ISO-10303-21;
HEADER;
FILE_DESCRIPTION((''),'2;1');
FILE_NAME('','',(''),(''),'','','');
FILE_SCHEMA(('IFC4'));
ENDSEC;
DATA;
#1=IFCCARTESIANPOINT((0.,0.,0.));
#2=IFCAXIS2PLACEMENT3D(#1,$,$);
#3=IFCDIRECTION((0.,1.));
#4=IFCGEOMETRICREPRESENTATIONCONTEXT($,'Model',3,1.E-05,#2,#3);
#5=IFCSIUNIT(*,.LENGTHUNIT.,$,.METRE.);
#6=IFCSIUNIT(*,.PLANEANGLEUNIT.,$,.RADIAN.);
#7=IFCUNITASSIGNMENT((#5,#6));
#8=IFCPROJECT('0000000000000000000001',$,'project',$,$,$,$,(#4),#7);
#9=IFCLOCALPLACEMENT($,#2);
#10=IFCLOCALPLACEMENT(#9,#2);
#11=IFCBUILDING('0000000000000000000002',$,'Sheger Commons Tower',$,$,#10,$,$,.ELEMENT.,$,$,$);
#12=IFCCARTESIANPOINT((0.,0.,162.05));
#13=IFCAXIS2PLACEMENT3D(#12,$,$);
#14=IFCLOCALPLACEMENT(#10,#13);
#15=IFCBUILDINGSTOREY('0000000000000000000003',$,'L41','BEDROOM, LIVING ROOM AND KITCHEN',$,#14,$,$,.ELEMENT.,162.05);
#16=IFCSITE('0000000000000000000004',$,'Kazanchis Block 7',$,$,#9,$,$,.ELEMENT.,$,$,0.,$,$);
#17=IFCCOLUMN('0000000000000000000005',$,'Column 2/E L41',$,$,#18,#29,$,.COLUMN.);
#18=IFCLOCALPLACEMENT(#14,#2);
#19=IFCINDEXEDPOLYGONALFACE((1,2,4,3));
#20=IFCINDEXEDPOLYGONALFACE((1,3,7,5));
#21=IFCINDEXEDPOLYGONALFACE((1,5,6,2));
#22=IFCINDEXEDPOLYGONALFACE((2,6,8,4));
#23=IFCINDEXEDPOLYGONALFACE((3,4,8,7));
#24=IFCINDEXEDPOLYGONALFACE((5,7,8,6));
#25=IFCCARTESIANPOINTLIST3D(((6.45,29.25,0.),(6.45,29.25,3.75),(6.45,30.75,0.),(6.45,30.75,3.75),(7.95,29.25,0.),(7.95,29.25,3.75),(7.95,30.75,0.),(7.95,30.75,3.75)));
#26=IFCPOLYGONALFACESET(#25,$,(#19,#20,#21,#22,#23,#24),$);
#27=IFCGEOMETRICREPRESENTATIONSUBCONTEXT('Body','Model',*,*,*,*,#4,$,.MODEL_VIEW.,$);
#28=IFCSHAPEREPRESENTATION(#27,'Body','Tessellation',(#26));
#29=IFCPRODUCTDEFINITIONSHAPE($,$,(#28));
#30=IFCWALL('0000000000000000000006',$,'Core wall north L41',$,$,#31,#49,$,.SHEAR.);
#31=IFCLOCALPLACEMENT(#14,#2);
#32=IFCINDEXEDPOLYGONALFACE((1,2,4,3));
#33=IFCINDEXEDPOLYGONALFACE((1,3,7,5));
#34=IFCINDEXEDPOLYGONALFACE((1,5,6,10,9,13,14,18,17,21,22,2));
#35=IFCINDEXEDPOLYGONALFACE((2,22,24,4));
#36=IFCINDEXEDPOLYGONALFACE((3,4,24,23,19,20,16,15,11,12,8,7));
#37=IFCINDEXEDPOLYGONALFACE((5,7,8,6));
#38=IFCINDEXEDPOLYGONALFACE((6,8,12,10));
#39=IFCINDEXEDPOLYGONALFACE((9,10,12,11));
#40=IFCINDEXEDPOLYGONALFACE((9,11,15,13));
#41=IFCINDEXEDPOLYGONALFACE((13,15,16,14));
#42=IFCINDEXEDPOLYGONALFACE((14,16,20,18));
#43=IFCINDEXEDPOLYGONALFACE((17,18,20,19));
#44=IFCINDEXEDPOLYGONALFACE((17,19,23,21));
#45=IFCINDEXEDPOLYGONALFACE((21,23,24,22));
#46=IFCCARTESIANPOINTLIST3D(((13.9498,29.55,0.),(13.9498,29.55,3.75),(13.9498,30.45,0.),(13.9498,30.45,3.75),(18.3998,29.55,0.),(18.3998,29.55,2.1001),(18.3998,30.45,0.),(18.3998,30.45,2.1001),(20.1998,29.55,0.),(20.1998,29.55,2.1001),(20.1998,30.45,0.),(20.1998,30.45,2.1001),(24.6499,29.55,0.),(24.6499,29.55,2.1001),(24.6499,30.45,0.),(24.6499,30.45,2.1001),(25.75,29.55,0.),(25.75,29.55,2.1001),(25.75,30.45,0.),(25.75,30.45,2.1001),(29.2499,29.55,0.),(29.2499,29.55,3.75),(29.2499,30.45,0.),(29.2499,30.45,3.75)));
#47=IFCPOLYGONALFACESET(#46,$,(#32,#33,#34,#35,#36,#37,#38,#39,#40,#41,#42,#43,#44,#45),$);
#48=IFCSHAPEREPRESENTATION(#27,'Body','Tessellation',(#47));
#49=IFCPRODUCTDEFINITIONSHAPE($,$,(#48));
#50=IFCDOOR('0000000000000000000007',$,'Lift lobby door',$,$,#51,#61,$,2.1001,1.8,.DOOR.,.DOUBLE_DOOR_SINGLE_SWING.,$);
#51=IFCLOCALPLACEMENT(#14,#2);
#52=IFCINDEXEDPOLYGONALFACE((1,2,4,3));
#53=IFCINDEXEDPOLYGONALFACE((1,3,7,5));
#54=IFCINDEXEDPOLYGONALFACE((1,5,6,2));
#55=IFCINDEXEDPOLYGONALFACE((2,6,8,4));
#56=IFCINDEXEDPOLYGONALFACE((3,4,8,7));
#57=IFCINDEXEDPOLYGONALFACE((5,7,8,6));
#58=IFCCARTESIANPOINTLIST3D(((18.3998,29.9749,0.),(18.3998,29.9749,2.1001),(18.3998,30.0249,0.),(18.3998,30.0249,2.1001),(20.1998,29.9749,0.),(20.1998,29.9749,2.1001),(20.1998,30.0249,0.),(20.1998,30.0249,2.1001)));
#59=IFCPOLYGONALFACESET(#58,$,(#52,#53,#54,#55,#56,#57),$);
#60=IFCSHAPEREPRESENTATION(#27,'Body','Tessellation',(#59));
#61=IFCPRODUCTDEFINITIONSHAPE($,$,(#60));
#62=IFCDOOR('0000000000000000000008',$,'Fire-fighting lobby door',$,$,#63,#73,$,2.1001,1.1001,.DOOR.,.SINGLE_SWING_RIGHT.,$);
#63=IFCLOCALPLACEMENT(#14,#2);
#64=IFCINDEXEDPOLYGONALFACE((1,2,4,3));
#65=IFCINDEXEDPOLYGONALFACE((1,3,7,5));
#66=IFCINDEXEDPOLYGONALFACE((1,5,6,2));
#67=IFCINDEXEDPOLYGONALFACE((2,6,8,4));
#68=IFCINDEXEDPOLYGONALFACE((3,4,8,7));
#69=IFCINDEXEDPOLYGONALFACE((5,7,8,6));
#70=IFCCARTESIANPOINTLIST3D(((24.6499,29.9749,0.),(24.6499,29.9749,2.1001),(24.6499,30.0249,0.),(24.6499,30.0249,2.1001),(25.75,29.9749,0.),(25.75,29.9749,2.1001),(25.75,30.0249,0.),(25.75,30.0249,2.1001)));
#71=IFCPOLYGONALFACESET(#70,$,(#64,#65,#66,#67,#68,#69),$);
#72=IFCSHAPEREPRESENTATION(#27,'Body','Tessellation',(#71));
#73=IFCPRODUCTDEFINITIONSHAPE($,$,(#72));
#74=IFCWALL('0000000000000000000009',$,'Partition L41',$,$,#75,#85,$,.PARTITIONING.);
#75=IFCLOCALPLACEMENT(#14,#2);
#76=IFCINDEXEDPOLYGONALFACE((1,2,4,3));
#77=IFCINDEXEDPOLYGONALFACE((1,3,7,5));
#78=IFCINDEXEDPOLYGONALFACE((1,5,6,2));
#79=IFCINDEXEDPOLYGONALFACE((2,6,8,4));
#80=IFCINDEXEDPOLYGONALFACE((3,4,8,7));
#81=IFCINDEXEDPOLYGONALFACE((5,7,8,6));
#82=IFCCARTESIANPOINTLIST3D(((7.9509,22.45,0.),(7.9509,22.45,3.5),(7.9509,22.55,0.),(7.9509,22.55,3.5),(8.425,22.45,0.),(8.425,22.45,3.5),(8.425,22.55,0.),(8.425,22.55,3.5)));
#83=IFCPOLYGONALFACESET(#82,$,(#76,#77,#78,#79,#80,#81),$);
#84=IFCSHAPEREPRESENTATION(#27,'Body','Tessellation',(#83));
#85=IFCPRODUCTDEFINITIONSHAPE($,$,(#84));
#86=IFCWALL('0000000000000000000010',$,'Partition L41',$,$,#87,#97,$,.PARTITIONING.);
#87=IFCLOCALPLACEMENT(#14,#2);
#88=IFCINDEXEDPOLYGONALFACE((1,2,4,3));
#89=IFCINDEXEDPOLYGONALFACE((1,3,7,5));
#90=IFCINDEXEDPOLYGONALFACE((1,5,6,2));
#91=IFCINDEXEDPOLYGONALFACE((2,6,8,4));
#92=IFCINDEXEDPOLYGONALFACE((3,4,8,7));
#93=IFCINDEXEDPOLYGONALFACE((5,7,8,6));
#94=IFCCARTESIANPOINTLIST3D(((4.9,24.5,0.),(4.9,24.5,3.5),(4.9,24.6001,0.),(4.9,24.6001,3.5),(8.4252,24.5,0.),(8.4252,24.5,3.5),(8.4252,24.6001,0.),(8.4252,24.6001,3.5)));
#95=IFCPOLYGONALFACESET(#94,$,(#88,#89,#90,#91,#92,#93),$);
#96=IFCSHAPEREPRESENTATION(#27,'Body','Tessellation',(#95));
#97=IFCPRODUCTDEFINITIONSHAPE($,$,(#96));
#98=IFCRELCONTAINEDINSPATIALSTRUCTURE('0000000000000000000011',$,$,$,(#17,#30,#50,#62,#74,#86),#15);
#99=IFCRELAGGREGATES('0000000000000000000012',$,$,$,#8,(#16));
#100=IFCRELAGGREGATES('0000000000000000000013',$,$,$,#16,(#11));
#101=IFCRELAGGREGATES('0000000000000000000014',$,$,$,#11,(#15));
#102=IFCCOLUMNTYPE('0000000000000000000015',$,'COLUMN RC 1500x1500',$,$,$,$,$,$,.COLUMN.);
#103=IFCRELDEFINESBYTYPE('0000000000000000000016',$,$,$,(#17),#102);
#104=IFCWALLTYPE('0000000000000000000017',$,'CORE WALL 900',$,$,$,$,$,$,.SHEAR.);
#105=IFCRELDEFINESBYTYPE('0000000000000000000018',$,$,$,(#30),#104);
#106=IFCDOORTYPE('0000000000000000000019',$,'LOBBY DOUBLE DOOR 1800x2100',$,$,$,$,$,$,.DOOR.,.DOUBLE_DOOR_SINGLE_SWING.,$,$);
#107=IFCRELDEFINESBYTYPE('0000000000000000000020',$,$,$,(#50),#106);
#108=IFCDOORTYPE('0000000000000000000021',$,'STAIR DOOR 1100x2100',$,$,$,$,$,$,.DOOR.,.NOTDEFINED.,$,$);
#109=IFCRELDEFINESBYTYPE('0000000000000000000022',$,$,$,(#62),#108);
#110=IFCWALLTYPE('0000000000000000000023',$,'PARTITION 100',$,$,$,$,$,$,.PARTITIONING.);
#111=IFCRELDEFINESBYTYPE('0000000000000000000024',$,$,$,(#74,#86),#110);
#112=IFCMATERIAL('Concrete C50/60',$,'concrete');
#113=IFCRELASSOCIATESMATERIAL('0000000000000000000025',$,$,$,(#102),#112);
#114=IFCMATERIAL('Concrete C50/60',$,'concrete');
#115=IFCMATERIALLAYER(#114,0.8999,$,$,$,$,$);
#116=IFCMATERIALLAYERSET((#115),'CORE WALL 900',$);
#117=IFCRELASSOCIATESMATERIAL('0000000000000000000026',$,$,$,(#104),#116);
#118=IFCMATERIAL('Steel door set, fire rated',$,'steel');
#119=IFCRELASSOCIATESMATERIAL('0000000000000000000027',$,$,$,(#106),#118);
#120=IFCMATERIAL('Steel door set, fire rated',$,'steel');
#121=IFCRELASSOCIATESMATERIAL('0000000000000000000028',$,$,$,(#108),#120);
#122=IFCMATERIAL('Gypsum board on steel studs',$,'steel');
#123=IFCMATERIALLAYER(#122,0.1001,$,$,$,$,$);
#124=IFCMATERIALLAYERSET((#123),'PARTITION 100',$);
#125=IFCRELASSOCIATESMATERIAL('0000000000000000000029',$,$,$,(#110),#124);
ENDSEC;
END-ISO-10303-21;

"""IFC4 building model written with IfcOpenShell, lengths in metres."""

from ifc_helpers import new_model, si_unit, direction, frame, frame_2d, origin, origin_2d, place, context, subcontext, project, spatial, rectangle, extrude, material, layer, layer_set, material_profile, profile_set, type_object, element, fill, save


model = new_model("IFC4")

# Units and contexts
model_context = context("Model", 3, precision=1e-05, world=origin(), true_north=direction((0.0, 1.0)))
body_context = subcontext(model_context, "Body", "Model", "MODEL_VIEW")
ifc_project = project(units=[si_unit("LENGTHUNIT", "METRE"), si_unit("PLANEANGLEUNIT", "RADIAN")], contexts=[model_context])

# Site, building, storey
site_placement = place(None, origin())
site = spatial("IfcSite", under=ifc_project, at=site_placement, Name="Kazanchis Block 7", CompositionType="ELEMENT", RefElevation=0.0)
building_placement = place(site_placement, origin())
building = spatial("IfcBuilding", under=site, at=building_placement, Name="Sheger Commons Tower", CompositionType="ELEMENT")
storey_placement = place(building_placement, frame((0.0, 0.0, 162.05)))
storey = spatial("IfcBuildingStorey", under=building, at=storey_placement, Name="L41", Description="BEDROOM, LIVING ROOM AND KITCHEN", CompositionType="ELEMENT", Elevation=162.05)

# Column
ifc_material_1 = material(Name="Concrete C50/60", Category="concrete")
ifc_material_profile = material_profile(ifc_material_1, rectangle(XDim=1.5, YDim=1.5, at=origin_2d()), Name="RC 1500x1500")
ifc_profile_set = profile_set([ifc_material_profile], Name="Concrete C50/60")
column_type = type_object("IfcColumnType", Name="COLUMN RC 1500x1500", PredefinedType="COLUMN", material=ifc_profile_set)
column_placement = place(storey_placement, frame((7.2, 30.0, 0.0), z_axis=(0.0, 0.0, 1.0), x_axis=(1.0, 0.0, 0.0)))
element("IfcColumn", 1, at=column_placement, inside=storey, type_object=column_type, Name="Column 2/E L41", PredefinedType="COLUMN", context=body_context, shape_type="SweptSolid", body=[
    extrude(rectangle(XDim=1.5, YDim=1.5, at=origin_2d()), origin(), (0.0, 0.0, 1.0), 3.75),
])

# Wall, openings, doors
ifc_material_2 = material(Name="Concrete C50/60", Category="concrete")
ifc_layer_1 = layer(ifc_material_2, 0.8999)
ifc_layer_set_1 = layer_set([ifc_layer_1], Name="CORE WALL 900")
wall_type_1 = type_object("IfcWallType", Name="CORE WALL 900", PredefinedType="SHEAR", material=ifc_layer_set_1)
wall_1_placement = place(storey_placement, frame((13.95, 30.0, 0.0), z_axis=(0.0, 0.0, 1.0), x_axis=(1.0, 0.0, 0.0)))
wall_1 = element("IfcWall", 2, at=wall_1_placement, inside=storey, type_object=wall_type_1, Name="Core wall north L41", PredefinedType="SHEAR", context=body_context, shape_type="SweptSolid", body=[
    extrude(rectangle(XDim=15.3, YDim=0.8999, at=frame_2d((7.6499, 0.0))), origin(), (0.0, 0.0, 1.0), 3.75),
])
opening_1_placement = place(wall_1_placement, frame((4.45, 0.0, 0.0)))
opening_1 = element("IfcOpeningElement", 3, at=opening_1_placement, cuts=wall_1, PredefinedType="OPENING", context=body_context, shape_type="SweptSolid", body=[
    extrude(rectangle(XDim=1.8, YDim=2.1001, at=frame_2d((0.8999, 1.05))), frame((0.0, 0.46, 0.0), z_axis=(0.0, -1.0, 0.0), x_axis=(1.0, 0.0, 0.0)), (0.0, 0.0, 1.0), 0.9199),
])
opening_2_placement = place(wall_1_placement, frame((10.7, 0.0, 0.0)))
opening_2 = element("IfcOpeningElement", 4, at=opening_2_placement, cuts=wall_1, PredefinedType="OPENING", context=body_context, shape_type="SweptSolid", body=[
    extrude(rectangle(XDim=1.1001, YDim=2.1001, at=frame_2d((0.55, 1.05))), frame((0.0, 0.46, 0.0), z_axis=(0.0, -1.0, 0.0), x_axis=(1.0, 0.0, 0.0)), (0.0, 0.0, 1.0), 0.9199),
])
ifc_material_3 = material(Name="Steel door set, fire rated", Category="steel")
door_type_1 = type_object("IfcDoorType", Name="LOBBY DOUBLE DOOR 1800x2100", OperationType="DOUBLE_DOOR_SINGLE_SWING", PredefinedType="DOOR", material=ifc_material_3)
door_1_placement = place(opening_1_placement, origin())
door_1 = element("IfcDoor", 5, at=door_1_placement, inside=storey, type_object=door_type_1, Name="Lift lobby door", OperationType="DOUBLE_DOOR_SINGLE_SWING", OverallHeight=2.1001, OverallWidth=1.8, PredefinedType="DOOR", context=body_context, shape_type="SweptSolid", body=[
    extrude(rectangle(XDim=1.8, YDim=2.1001, at=frame_2d((0.8999, 1.05))), frame((0.0, 0.0249, 0.0), z_axis=(0.0, -1.0, 0.0), x_axis=(1.0, 0.0, 0.0)), (0.0, 0.0, 1.0), 0.05),
])
fill(opening_1, door_1)
ifc_material_4 = material(Name="Steel door set, fire rated", Category="steel")
door_type_2 = type_object("IfcDoorType", Name="STAIR DOOR 1100x2100", OperationType="NOTDEFINED", PredefinedType="DOOR", material=ifc_material_4)
door_2_placement = place(opening_2_placement, origin())
door_2 = element("IfcDoor", 6, at=door_2_placement, inside=storey, type_object=door_type_2, Name="Fire-fighting lobby door", OperationType="SINGLE_SWING_RIGHT", OverallHeight=2.1001, OverallWidth=1.1001, PredefinedType="DOOR", context=body_context, shape_type="SweptSolid", body=[
    extrude(rectangle(XDim=1.1001, YDim=2.1001, at=frame_2d((0.55, 1.05))), frame((0.0, 0.0249, 0.0), z_axis=(0.0, -1.0, 0.0), x_axis=(1.0, 0.0, 0.0)), (0.0, 0.0, 1.0), 0.05),
])
fill(opening_2, door_2)

# Walls
ifc_material_5 = material(Name="Gypsum board on steel studs", Category="steel")
ifc_layer_2 = layer(ifc_material_5, 0.1001)
ifc_layer_set_2 = layer_set([ifc_layer_2], Name="PARTITION 100")
wall_type_2 = type_object("IfcWallType", Name="PARTITION 100", PredefinedType="PARTITIONING", material=ifc_layer_set_2)
wall_2_placement = place(storey_placement, frame((7.9509, 22.5, 0.0), z_axis=(0.0, 0.0, 1.0), x_axis=(1.0, 0.0, 0.0)))
element("IfcWall", 7, at=wall_2_placement, inside=storey, type_object=wall_type_2, Name="Partition L41", PredefinedType="PARTITIONING", context=body_context, shape_type="SweptSolid", body=[
    extrude(rectangle(XDim=0.4741, YDim=0.1001, at=frame_2d((0.2371, 0.0))), origin(), (0.0, 0.0, 1.0), 3.5),
])
wall_3_placement = place(storey_placement, frame((4.8999, 24.55, 0.0), z_axis=(0.0, 0.0, 1.0), x_axis=(1.0, 0.0, 0.0)))
element("IfcWall", 8, at=wall_3_placement, inside=storey, type_object=wall_type_2, Name="Partition L41", PredefinedType="PARTITIONING", context=body_context, shape_type="SweptSolid", body=[
    extrude(rectangle(XDim=3.5251, YDim=0.1001, at=frame_2d((1.7627, 0.0))), origin(), (0.0, 0.0, 1.0), 3.5),
])

save(model, "model.ifc")
